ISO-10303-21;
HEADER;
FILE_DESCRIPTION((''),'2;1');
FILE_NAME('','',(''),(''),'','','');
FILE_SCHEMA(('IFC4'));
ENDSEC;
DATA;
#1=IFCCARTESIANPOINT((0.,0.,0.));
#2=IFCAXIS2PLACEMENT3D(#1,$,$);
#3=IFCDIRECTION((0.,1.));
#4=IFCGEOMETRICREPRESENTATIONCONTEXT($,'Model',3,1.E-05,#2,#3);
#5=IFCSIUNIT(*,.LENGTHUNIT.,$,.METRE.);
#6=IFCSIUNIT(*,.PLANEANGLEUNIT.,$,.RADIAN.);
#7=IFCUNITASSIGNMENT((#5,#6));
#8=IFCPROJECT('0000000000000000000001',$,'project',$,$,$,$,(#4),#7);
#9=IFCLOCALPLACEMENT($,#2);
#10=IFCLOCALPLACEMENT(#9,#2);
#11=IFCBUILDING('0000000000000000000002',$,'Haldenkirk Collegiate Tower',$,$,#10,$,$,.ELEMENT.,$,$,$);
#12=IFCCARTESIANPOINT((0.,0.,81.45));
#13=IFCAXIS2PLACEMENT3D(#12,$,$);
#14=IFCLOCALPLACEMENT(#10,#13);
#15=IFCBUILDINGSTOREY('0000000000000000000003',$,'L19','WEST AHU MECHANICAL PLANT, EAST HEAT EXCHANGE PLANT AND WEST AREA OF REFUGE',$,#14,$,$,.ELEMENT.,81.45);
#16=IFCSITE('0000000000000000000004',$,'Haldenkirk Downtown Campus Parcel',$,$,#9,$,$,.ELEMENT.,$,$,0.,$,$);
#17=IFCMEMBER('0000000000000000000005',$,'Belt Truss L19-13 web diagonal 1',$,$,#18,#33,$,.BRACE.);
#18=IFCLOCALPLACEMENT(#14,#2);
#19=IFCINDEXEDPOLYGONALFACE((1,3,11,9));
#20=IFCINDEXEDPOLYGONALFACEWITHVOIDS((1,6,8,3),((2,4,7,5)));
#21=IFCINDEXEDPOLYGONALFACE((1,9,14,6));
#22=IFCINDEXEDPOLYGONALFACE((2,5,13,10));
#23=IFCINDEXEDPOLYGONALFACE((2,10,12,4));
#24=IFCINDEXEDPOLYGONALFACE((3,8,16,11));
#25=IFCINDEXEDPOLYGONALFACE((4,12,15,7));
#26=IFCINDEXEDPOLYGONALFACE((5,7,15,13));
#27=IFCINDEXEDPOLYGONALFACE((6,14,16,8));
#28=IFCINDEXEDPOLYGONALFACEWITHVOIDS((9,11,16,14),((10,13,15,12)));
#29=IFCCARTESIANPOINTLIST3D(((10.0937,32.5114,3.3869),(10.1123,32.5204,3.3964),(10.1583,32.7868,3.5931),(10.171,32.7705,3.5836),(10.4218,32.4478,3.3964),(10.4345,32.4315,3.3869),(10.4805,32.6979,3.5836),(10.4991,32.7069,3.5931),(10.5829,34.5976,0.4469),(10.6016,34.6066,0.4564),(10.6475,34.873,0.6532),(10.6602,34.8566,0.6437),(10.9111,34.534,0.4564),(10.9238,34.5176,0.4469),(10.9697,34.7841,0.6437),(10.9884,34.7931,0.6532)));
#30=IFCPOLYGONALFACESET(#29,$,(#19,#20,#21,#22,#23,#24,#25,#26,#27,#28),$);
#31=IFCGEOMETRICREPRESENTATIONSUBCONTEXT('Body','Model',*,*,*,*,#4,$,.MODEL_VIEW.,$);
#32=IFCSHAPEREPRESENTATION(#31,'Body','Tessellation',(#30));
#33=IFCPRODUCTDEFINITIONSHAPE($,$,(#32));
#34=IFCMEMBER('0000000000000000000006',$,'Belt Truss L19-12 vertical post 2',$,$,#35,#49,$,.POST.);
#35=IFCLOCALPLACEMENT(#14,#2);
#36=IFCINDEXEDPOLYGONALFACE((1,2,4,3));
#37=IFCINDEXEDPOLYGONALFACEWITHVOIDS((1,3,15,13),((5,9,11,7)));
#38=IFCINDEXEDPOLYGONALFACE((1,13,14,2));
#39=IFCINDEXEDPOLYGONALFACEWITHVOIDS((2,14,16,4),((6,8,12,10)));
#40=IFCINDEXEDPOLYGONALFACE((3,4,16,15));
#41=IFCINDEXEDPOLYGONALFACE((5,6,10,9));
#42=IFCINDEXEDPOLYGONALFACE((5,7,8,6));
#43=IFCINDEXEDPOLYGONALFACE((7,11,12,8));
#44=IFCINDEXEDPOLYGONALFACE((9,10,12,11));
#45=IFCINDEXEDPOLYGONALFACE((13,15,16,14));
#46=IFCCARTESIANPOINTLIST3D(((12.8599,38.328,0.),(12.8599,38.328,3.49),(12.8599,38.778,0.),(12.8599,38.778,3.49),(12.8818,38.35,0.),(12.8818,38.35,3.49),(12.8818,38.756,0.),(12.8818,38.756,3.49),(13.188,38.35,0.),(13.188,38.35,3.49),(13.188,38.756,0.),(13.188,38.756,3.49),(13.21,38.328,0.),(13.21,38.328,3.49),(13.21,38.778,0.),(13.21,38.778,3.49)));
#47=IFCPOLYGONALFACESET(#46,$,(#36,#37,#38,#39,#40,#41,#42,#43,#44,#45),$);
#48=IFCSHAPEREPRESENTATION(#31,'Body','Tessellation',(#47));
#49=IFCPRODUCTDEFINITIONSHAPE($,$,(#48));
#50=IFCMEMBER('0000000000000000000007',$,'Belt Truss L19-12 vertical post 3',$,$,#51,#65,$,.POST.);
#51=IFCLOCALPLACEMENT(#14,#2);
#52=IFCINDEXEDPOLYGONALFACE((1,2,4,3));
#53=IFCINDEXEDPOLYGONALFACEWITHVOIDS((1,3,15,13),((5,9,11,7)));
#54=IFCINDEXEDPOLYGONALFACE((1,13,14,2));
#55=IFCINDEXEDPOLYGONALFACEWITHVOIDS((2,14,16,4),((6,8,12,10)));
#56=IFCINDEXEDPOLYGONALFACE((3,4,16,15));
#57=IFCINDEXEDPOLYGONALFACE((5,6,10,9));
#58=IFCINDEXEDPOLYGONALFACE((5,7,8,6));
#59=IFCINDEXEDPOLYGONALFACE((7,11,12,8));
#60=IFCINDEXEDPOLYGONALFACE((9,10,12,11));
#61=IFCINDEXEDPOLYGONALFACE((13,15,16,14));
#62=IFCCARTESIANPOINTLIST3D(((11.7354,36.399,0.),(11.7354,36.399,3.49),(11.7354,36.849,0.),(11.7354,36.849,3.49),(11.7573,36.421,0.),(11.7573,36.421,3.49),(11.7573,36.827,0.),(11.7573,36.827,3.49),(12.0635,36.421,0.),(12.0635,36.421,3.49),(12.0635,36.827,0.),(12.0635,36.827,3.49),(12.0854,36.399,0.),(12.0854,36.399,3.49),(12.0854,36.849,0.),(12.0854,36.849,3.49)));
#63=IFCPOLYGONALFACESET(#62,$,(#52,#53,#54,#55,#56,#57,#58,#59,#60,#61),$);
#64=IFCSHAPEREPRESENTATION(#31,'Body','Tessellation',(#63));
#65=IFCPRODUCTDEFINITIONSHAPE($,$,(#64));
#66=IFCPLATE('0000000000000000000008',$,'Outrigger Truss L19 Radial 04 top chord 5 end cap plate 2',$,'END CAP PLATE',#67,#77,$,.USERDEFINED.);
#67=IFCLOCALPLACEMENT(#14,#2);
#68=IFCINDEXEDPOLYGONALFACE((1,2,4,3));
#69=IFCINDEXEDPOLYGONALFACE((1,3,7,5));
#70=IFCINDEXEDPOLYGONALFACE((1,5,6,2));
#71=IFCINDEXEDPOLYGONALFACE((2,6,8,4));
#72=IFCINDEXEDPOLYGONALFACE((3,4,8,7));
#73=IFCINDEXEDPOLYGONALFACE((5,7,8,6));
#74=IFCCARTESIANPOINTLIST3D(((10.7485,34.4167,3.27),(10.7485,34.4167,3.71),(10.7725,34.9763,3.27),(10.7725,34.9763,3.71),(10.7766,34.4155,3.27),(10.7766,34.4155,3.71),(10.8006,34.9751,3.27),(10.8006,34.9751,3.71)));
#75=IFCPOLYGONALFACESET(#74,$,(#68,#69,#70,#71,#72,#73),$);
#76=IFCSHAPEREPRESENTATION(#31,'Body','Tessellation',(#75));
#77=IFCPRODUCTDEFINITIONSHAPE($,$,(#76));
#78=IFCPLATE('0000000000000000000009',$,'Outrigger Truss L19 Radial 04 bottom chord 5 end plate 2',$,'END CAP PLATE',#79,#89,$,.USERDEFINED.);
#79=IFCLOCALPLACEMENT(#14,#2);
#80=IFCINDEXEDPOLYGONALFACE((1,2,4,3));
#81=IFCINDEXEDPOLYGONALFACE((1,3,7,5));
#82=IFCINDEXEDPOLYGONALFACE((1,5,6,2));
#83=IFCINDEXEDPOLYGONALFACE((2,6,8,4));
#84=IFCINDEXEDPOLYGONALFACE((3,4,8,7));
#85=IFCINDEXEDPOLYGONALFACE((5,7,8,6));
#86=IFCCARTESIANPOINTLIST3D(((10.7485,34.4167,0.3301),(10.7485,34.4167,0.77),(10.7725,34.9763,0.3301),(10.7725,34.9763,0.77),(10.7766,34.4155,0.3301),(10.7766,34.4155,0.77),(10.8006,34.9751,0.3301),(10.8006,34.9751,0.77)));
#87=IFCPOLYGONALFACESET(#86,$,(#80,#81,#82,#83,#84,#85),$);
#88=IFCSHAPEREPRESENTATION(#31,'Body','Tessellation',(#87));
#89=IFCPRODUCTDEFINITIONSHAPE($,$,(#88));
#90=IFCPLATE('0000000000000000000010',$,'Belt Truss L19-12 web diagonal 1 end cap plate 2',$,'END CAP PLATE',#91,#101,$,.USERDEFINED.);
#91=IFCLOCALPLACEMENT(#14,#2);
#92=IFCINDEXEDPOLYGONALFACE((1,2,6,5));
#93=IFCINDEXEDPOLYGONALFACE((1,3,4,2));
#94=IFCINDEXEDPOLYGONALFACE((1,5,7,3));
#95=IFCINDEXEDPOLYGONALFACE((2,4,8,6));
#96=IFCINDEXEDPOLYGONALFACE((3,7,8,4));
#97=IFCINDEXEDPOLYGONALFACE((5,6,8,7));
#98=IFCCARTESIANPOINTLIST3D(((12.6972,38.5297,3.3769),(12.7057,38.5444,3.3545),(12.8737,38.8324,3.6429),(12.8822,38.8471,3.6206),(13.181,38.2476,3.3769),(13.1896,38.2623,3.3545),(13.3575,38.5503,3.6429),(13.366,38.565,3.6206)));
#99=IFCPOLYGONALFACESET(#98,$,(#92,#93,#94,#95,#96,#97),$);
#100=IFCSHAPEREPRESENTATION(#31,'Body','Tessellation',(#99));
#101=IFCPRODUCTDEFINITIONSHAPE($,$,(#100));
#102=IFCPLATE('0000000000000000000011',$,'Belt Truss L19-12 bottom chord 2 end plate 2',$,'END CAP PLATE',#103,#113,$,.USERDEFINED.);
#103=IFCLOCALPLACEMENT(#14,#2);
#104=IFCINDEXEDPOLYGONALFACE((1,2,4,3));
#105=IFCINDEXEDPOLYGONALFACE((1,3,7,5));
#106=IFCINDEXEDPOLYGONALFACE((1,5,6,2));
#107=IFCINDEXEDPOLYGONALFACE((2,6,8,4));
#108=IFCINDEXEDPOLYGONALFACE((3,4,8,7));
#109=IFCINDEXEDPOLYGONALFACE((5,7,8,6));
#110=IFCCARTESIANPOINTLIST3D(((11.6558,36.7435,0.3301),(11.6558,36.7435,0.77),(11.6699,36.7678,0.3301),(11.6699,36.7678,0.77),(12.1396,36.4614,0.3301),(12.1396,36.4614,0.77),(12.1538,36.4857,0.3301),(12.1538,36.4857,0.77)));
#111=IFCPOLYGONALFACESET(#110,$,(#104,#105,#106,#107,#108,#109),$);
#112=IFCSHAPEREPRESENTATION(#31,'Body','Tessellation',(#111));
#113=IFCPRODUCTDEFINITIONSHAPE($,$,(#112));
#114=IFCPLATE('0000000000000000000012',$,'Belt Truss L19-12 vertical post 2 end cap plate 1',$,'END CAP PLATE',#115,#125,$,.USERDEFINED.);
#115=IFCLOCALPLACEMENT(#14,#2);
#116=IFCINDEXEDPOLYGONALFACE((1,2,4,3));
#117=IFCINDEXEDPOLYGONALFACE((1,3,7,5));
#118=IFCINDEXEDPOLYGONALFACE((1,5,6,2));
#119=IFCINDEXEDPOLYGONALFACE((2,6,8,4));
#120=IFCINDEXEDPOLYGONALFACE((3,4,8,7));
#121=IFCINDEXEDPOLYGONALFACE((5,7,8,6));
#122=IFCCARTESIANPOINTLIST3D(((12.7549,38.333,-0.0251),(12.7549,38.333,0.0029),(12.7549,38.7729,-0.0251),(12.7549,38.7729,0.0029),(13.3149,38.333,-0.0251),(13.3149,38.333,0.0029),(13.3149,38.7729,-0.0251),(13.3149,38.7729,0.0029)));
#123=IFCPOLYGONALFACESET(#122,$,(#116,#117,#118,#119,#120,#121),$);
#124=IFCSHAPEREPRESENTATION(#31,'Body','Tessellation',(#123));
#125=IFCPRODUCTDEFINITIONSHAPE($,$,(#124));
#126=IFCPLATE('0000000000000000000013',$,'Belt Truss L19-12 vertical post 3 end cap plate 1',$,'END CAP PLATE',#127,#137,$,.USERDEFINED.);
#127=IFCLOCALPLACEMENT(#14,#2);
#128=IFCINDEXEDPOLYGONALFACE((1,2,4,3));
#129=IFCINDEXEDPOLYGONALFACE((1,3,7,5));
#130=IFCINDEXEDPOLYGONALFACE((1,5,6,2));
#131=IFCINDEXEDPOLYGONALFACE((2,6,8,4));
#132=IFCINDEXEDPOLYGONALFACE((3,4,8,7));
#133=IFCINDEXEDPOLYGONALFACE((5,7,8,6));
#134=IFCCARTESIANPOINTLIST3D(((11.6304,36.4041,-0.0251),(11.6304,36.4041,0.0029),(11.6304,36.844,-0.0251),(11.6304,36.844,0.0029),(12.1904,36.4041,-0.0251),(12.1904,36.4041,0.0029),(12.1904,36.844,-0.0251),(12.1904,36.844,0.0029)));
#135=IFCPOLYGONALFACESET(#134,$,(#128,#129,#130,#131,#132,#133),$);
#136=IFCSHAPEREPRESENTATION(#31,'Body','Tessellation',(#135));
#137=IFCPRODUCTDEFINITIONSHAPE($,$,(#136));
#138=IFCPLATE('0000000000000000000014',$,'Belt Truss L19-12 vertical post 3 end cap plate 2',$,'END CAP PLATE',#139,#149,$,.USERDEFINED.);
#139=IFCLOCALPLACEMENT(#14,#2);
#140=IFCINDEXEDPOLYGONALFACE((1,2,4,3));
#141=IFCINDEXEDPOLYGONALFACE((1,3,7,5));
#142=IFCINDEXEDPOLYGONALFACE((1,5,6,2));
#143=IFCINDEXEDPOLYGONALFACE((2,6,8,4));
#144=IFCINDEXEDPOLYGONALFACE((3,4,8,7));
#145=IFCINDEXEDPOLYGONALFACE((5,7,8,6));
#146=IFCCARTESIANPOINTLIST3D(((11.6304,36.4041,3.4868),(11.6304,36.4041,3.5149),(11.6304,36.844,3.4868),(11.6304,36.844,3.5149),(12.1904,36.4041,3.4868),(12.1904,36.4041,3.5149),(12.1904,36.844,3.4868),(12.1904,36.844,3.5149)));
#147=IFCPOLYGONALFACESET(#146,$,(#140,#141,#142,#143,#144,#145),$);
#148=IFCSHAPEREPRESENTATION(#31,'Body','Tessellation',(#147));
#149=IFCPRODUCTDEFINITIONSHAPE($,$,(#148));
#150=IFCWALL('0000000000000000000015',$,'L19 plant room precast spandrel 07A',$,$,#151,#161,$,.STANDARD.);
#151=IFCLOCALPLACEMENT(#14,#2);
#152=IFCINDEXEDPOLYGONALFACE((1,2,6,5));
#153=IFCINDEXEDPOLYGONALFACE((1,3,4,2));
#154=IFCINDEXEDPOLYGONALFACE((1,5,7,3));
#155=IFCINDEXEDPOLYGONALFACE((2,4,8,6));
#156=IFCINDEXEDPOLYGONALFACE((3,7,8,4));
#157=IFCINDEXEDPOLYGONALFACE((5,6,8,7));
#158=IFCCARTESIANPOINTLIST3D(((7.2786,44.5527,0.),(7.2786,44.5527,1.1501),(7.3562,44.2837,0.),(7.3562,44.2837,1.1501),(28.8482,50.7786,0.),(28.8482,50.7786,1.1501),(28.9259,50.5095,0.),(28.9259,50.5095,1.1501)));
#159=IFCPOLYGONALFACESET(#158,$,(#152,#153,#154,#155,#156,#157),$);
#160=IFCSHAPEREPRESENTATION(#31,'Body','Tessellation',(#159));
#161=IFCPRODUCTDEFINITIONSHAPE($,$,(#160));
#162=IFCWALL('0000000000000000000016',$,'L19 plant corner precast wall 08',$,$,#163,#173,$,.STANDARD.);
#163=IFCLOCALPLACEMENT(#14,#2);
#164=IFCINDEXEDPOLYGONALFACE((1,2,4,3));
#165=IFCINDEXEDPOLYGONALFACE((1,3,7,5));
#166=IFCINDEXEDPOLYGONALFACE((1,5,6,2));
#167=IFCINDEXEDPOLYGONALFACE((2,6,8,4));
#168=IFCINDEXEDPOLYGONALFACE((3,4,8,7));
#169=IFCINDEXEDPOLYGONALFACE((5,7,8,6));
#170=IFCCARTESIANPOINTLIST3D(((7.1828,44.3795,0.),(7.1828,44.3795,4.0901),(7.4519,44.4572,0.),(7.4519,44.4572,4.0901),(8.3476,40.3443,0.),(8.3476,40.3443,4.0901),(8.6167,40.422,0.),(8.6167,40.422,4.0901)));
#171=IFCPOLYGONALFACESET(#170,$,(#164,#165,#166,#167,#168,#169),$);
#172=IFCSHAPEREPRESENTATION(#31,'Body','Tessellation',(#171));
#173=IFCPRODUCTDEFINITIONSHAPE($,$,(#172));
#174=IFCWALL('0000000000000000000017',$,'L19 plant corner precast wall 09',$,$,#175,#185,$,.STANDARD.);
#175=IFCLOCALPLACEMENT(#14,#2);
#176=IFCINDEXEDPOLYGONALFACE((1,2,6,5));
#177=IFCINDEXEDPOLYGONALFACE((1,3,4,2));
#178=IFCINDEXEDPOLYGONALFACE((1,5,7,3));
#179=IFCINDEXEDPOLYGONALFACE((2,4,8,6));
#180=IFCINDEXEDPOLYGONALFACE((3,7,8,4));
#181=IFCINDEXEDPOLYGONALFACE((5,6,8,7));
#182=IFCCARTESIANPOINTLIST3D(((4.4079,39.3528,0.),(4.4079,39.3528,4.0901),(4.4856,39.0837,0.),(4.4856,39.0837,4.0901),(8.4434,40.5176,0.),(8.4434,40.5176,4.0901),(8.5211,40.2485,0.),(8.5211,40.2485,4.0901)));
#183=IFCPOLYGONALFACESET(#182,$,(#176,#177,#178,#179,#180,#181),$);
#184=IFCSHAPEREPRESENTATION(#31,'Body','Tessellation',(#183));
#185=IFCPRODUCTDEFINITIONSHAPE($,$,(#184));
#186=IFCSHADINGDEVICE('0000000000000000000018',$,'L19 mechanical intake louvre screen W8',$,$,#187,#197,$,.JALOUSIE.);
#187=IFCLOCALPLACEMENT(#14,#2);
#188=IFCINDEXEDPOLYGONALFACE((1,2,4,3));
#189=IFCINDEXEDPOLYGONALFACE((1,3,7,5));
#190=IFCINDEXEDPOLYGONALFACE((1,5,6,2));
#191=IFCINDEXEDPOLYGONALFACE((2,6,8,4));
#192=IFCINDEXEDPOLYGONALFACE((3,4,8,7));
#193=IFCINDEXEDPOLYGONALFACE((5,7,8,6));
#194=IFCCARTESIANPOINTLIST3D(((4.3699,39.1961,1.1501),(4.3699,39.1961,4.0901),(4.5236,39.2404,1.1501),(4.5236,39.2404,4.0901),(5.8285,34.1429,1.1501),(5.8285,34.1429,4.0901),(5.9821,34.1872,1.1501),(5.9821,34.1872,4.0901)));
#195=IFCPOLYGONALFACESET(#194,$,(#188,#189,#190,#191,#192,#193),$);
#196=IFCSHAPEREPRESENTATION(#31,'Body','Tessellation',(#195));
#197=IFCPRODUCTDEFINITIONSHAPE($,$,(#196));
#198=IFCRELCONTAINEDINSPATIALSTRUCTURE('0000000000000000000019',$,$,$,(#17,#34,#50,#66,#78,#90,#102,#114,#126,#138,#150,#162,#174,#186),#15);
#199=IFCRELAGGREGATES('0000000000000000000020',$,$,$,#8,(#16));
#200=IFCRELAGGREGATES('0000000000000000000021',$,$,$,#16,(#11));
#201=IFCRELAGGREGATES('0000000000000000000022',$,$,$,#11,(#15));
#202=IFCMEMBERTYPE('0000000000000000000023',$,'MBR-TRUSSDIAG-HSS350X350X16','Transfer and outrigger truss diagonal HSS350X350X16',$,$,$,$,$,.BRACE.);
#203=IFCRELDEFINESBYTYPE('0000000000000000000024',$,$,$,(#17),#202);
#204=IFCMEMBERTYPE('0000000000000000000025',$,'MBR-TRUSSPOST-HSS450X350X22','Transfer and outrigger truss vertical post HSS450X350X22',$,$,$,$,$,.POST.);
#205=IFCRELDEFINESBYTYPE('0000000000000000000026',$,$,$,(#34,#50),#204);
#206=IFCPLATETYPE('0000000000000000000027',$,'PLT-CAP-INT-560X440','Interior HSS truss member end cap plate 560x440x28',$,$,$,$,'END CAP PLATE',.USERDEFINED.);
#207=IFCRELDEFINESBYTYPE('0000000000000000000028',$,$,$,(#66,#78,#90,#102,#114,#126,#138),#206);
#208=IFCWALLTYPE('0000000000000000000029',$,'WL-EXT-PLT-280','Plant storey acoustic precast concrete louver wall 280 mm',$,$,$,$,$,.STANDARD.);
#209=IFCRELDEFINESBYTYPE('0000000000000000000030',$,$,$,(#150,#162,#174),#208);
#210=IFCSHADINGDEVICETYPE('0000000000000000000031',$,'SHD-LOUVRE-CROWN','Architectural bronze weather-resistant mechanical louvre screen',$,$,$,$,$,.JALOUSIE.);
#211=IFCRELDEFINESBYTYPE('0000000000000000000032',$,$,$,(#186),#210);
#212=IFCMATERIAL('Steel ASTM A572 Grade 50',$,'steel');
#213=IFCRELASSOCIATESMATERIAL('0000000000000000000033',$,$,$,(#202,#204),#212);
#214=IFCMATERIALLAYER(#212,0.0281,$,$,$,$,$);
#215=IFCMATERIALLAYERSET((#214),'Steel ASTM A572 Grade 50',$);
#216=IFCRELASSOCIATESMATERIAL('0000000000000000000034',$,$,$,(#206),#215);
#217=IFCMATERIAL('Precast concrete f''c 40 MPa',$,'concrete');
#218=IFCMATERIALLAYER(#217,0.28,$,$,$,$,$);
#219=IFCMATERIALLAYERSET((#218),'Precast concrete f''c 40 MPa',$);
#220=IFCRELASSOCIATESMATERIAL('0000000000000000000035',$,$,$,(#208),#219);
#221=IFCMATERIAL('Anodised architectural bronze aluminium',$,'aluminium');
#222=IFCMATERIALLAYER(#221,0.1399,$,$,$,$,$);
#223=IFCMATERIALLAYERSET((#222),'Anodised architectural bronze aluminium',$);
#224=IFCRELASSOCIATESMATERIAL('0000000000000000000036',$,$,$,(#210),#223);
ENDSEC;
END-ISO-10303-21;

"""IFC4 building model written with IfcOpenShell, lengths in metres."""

from ifc_helpers import new_model, si_unit, direction, frame, frame_2d, origin, origin_2d, place, context, subcontext, project, spatial, rectangle, hollow_rectangle, extrude, source, transform, mapped, material, layer, layer_set, material_profile, profile_set, type_object, element, save


model = new_model("IFC4")

# Units and contexts
model_context = context("Model", 3, precision=1e-05, world=origin(), true_north=direction((0.0, 1.0)))
body_context = subcontext(model_context, "Body", "Model", "MODEL_VIEW")
ifc_project = project(units=[si_unit("LENGTHUNIT", "METRE"), si_unit("PLANEANGLEUNIT", "RADIAN")], contexts=[model_context])

# Site, building, storey
site_placement = place(None, origin())
site = spatial("IfcSite", under=ifc_project, at=site_placement, Name="Haldenkirk Downtown Campus Parcel", CompositionType="ELEMENT", RefElevation=0.0)
building_placement = place(site_placement, origin())
building = spatial("IfcBuilding", under=site, at=building_placement, Name="Haldenkirk Collegiate Tower", CompositionType="ELEMENT")
storey_placement = place(building_placement, frame((0.0, 0.0, 81.45)))
storey = spatial("IfcBuildingStorey", under=building, at=storey_placement, Name="L19", Description="WEST AHU MECHANICAL PLANT, EAST HEAT EXCHANGE PLANT AND WEST AREA OF REFUGE", CompositionType="ELEMENT", Elevation=81.45)

# Members
ifc_material_1 = material(Name="Steel ASTM A572 Grade 50", Category="steel")
ifc_material_profile_1 = material_profile(ifc_material_1, hollow_rectangle(XDim=0.3501, YDim=0.3501, WallThickness=0.0161, at=origin_2d()), Name="HSS350X350X16")
ifc_profile_set_1 = profile_set([ifc_material_profile_1], Name="Steel ASTM A572 Grade 50")
member_type_1 = type_object("IfcMemberType", Name="MBR-TRUSSDIAG-HSS350X350X16", Description="Transfer and outrigger truss diagonal HSS350X350X16", PredefinedType="BRACE", material=ifc_profile_set_1)
member_1_placement = place(storey_placement, frame((10.7856, 34.6953, 0.55), z_axis=(-0.134487, -0.573448, 0.808128), x_axis=(0.973584, -0.228328, 0.0)))
element("IfcMember", 1, at=member_1_placement, inside=storey, type_object=member_type_1, Name="Belt Truss L19-13 web diagonal 1", PredefinedType="BRACE", context=body_context, shape_type="SweptSolid", body=[
    extrude(hollow_rectangle(XDim=0.3501, YDim=0.3501, WallThickness=0.0161, at=origin_2d()), origin(), (0.0, 0.0, 1.0), 3.6379),
])
ifc_material_profile_2 = material_profile(ifc_material_1, hollow_rectangle(XDim=0.3501, YDim=0.45, WallThickness=0.022, at=origin_2d()), Name="HSS450X350X22")
ifc_profile_set_2 = profile_set([ifc_material_profile_2], Name="Steel ASTM A572 Grade 50")
member_type_2 = type_object("IfcMemberType", Name="MBR-TRUSSPOST-HSS450X350X22", Description="Transfer and outrigger truss vertical post HSS450X350X22", PredefinedType="POST", material=ifc_profile_set_2)
for number, where, z_axis, x_axis, name in (
    (2, (13.0349, 38.553, 0.0), (0.0, 0.0, 1.0), (1.0, 0.0, 0.0), "Belt Truss L19-12 vertical post 2"),
    (3, (11.9104, 36.624, 0.0), (0.0, 0.0, 1.0), (1.0, 0.0, 0.0), "Belt Truss L19-12 vertical post 3"),
):
    element("IfcMember", number, at=place(storey_placement, frame(where, z_axis=z_axis, x_axis=x_axis)), inside=storey, type_object=member_type_2, Name=name, PredefinedType="POST", context=body_context, shape_type="SweptSolid", body=[
        extrude(hollow_rectangle(XDim=0.3501, YDim=0.45, WallThickness=0.022, at=origin_2d()), origin(), (0.0, 0.0, 1.0), 3.49),
    ])

# Plates
ifc_layer_1 = layer(ifc_material_1, 0.0281)
ifc_layer_set_1 = layer_set([ifc_layer_1], Name="Steel ASTM A572 Grade 50")
plate_type = type_object("IfcPlateType", Name="PLT-CAP-INT-560X440", Description="Interior HSS truss member end cap plate 560x440x28", ElementType="END CAP PLATE", PredefinedType="USERDEFINED", material=ifc_layer_set_1)
shared_shape_1 = source(origin(), body_context, "Body", "SweptSolid", [
    extrude(rectangle(XDim=0.5601, YDim=0.4399, at=origin_2d()), origin(), (0.0, 0.0, 1.0), 0.0281),
])
for number, where, z_axis, x_axis, name in (
    (4, (10.7886, 34.6953, 3.49), (-0.999083, 0.042822, 0.0), (-0.042822, -0.999083, 0.0), "Outrigger Truss L19 Radial 04 top chord 5 end cap plate 2"),
    (5, (10.7886, 34.6953, 0.55), (-0.999082, 0.042834, 0.0), (-0.042834, -0.999082, 0.0), "Outrigger Truss L19 Radial 04 bottom chord 5 end plate 2"),
    (6, (13.0359, 38.5547, 3.4875), (-0.304626, -0.52249, 0.796371), (0.863894, -0.503673, 0.0), "Belt Truss L19-12 web diagonal 1 end cap plate 2"),
    (7, (11.9119, 36.6267, 0.55), (-0.503667, -0.863898, 0.0), (0.863898, -0.503667, 0.0), "Belt Truss L19-12 bottom chord 2 end plate 2"),
    (8, (13.0349, 38.553, 0.0029), (0.0, 0.0, -1.0), (1.0, 0.0, 0.0), "Belt Truss L19-12 vertical post 2 end cap plate 1"),
    (9, (11.9104, 36.624, 0.0029), (0.0, 0.0, -1.0), (1.0, 0.0, 0.0), "Belt Truss L19-12 vertical post 3 end cap plate 1"),
    (10, (11.9104, 36.624, 3.4868), (0.0, 0.0, 1.0), (1.0, 0.0, 0.0), "Belt Truss L19-12 vertical post 3 end cap plate 2"),
):
    element("IfcPlate", number, at=place(storey_placement, frame(where, z_axis=z_axis, x_axis=x_axis)), inside=storey, type_object=plate_type, Name=name, ObjectType="END CAP PLATE", PredefinedType="USERDEFINED", context=body_context, shape_type="MappedRepresentation", body=[
        mapped(shared_shape_1, transform((0.0, 0.0, 0.0), x_axis=(1.0, 0.0, 0.0), y_axis=(0.0, 1.0, 0.0), z_axis=(0.0, 0.0, 1.0), scale=1.0)),
    ])

# Walls
ifc_material_2 = material(Name="Precast concrete f'c 40 MPa", Category="concrete")
ifc_layer_2 = layer(ifc_material_2, 0.28)
ifc_layer_set_2 = layer_set([ifc_layer_2], Name="Precast concrete f'c 40 MPa")
wall_type = type_object("IfcWallType", Name="WL-EXT-PLT-280", Description="Plant storey acoustic precast concrete louver wall 280 mm", PredefinedType="STANDARD", material=ifc_layer_set_2)
wall_1_placement = place(storey_placement, frame((7.3174, 44.4182, 0.0), z_axis=(0.0, 0.0, 1.0), x_axis=(0.960778, 0.277318, 0.0)))
element("IfcWall", 11, at=wall_1_placement, inside=storey, type_object=wall_type, Name="L19 plant room precast spandrel 07A", PredefinedType="STANDARD", context=body_context, shape_type="SweptSolid", body=[
    extrude(rectangle(XDim=22.4502, YDim=0.28, at=frame_2d((11.2251, 0.0))), origin(), (0.0, 0.0, 1.0), 1.1501),
])
wall_2_placement = place(storey_placement, frame((8.4822, 40.3831, 0.0), z_axis=(0.0, 0.0, 1.0), x_axis=(-0.277338, 0.960772, 0.0)))
element("IfcWall", 12, at=wall_2_placement, inside=storey, type_object=wall_type, Name="L19 plant corner precast wall 08", PredefinedType="STANDARD", context=body_context, shape_type="SweptSolid", body=[
    extrude(rectangle(XDim=4.2, YDim=0.28, at=frame_2d((2.1001, 0.0))), origin(), (0.0, 0.0, 1.0), 4.0901),
])
wall_3_placement = place(storey_placement, frame((4.4468, 39.2183, 0.0), z_axis=(0.0, 0.0, 1.0), x_axis=(0.960777, 0.277323, 0.0)))
element("IfcWall", 13, at=wall_3_placement, inside=storey, type_object=wall_type, Name="L19 plant corner precast wall 09", PredefinedType="STANDARD", context=body_context, shape_type="SweptSolid", body=[
    extrude(rectangle(XDim=4.2002, YDim=0.28, at=frame_2d((2.1001, 0.0))), origin(), (0.0, 0.0, 1.0), 4.0901),
])

# Shading device
ifc_material_3 = material(Name="Anodised architectural bronze aluminium", Category="aluminium")
ifc_layer_3 = layer(ifc_material_3, 0.1399)
ifc_layer_set_3 = layer_set([ifc_layer_3], Name="Anodised architectural bronze aluminium")
shading_device_type = type_object("IfcShadingDeviceType", Name="SHD-LOUVRE-CROWN", Description="Architectural bronze weather-resistant mechanical louvre screen", PredefinedType="JALOUSIE", material=ifc_layer_set_3)
shared_shape_2 = source(origin(), body_context, "Body", "SweptSolid", [
    extrude(rectangle(XDim=5.2595, YDim=0.1599, at=origin_2d()), origin(), (0.0, 0.0, 1.0), 2.9399),
])
shading_device_1_placement = place(storey_placement, frame((5.176, 36.6917, 1.1501), z_axis=(0.0, 0.0, 1.0), x_axis=(-0.277315, 0.960779, 0.0)))
element("IfcShadingDevice", 14, at=shading_device_1_placement, inside=storey, type_object=shading_device_type, Name="L19 mechanical intake louvre screen W8", PredefinedType="JALOUSIE", context=body_context, shape_type="MappedRepresentation", body=[
    mapped(shared_shape_2, transform((0.0, 0.0, 0.0), x_axis=(1.0, 0.0, 0.0), y_axis=(0.0, 1.0, 0.0), z_axis=(0.0, 0.0, 1.0), scale=1.0)),
])

save(model, "model.ifc")
